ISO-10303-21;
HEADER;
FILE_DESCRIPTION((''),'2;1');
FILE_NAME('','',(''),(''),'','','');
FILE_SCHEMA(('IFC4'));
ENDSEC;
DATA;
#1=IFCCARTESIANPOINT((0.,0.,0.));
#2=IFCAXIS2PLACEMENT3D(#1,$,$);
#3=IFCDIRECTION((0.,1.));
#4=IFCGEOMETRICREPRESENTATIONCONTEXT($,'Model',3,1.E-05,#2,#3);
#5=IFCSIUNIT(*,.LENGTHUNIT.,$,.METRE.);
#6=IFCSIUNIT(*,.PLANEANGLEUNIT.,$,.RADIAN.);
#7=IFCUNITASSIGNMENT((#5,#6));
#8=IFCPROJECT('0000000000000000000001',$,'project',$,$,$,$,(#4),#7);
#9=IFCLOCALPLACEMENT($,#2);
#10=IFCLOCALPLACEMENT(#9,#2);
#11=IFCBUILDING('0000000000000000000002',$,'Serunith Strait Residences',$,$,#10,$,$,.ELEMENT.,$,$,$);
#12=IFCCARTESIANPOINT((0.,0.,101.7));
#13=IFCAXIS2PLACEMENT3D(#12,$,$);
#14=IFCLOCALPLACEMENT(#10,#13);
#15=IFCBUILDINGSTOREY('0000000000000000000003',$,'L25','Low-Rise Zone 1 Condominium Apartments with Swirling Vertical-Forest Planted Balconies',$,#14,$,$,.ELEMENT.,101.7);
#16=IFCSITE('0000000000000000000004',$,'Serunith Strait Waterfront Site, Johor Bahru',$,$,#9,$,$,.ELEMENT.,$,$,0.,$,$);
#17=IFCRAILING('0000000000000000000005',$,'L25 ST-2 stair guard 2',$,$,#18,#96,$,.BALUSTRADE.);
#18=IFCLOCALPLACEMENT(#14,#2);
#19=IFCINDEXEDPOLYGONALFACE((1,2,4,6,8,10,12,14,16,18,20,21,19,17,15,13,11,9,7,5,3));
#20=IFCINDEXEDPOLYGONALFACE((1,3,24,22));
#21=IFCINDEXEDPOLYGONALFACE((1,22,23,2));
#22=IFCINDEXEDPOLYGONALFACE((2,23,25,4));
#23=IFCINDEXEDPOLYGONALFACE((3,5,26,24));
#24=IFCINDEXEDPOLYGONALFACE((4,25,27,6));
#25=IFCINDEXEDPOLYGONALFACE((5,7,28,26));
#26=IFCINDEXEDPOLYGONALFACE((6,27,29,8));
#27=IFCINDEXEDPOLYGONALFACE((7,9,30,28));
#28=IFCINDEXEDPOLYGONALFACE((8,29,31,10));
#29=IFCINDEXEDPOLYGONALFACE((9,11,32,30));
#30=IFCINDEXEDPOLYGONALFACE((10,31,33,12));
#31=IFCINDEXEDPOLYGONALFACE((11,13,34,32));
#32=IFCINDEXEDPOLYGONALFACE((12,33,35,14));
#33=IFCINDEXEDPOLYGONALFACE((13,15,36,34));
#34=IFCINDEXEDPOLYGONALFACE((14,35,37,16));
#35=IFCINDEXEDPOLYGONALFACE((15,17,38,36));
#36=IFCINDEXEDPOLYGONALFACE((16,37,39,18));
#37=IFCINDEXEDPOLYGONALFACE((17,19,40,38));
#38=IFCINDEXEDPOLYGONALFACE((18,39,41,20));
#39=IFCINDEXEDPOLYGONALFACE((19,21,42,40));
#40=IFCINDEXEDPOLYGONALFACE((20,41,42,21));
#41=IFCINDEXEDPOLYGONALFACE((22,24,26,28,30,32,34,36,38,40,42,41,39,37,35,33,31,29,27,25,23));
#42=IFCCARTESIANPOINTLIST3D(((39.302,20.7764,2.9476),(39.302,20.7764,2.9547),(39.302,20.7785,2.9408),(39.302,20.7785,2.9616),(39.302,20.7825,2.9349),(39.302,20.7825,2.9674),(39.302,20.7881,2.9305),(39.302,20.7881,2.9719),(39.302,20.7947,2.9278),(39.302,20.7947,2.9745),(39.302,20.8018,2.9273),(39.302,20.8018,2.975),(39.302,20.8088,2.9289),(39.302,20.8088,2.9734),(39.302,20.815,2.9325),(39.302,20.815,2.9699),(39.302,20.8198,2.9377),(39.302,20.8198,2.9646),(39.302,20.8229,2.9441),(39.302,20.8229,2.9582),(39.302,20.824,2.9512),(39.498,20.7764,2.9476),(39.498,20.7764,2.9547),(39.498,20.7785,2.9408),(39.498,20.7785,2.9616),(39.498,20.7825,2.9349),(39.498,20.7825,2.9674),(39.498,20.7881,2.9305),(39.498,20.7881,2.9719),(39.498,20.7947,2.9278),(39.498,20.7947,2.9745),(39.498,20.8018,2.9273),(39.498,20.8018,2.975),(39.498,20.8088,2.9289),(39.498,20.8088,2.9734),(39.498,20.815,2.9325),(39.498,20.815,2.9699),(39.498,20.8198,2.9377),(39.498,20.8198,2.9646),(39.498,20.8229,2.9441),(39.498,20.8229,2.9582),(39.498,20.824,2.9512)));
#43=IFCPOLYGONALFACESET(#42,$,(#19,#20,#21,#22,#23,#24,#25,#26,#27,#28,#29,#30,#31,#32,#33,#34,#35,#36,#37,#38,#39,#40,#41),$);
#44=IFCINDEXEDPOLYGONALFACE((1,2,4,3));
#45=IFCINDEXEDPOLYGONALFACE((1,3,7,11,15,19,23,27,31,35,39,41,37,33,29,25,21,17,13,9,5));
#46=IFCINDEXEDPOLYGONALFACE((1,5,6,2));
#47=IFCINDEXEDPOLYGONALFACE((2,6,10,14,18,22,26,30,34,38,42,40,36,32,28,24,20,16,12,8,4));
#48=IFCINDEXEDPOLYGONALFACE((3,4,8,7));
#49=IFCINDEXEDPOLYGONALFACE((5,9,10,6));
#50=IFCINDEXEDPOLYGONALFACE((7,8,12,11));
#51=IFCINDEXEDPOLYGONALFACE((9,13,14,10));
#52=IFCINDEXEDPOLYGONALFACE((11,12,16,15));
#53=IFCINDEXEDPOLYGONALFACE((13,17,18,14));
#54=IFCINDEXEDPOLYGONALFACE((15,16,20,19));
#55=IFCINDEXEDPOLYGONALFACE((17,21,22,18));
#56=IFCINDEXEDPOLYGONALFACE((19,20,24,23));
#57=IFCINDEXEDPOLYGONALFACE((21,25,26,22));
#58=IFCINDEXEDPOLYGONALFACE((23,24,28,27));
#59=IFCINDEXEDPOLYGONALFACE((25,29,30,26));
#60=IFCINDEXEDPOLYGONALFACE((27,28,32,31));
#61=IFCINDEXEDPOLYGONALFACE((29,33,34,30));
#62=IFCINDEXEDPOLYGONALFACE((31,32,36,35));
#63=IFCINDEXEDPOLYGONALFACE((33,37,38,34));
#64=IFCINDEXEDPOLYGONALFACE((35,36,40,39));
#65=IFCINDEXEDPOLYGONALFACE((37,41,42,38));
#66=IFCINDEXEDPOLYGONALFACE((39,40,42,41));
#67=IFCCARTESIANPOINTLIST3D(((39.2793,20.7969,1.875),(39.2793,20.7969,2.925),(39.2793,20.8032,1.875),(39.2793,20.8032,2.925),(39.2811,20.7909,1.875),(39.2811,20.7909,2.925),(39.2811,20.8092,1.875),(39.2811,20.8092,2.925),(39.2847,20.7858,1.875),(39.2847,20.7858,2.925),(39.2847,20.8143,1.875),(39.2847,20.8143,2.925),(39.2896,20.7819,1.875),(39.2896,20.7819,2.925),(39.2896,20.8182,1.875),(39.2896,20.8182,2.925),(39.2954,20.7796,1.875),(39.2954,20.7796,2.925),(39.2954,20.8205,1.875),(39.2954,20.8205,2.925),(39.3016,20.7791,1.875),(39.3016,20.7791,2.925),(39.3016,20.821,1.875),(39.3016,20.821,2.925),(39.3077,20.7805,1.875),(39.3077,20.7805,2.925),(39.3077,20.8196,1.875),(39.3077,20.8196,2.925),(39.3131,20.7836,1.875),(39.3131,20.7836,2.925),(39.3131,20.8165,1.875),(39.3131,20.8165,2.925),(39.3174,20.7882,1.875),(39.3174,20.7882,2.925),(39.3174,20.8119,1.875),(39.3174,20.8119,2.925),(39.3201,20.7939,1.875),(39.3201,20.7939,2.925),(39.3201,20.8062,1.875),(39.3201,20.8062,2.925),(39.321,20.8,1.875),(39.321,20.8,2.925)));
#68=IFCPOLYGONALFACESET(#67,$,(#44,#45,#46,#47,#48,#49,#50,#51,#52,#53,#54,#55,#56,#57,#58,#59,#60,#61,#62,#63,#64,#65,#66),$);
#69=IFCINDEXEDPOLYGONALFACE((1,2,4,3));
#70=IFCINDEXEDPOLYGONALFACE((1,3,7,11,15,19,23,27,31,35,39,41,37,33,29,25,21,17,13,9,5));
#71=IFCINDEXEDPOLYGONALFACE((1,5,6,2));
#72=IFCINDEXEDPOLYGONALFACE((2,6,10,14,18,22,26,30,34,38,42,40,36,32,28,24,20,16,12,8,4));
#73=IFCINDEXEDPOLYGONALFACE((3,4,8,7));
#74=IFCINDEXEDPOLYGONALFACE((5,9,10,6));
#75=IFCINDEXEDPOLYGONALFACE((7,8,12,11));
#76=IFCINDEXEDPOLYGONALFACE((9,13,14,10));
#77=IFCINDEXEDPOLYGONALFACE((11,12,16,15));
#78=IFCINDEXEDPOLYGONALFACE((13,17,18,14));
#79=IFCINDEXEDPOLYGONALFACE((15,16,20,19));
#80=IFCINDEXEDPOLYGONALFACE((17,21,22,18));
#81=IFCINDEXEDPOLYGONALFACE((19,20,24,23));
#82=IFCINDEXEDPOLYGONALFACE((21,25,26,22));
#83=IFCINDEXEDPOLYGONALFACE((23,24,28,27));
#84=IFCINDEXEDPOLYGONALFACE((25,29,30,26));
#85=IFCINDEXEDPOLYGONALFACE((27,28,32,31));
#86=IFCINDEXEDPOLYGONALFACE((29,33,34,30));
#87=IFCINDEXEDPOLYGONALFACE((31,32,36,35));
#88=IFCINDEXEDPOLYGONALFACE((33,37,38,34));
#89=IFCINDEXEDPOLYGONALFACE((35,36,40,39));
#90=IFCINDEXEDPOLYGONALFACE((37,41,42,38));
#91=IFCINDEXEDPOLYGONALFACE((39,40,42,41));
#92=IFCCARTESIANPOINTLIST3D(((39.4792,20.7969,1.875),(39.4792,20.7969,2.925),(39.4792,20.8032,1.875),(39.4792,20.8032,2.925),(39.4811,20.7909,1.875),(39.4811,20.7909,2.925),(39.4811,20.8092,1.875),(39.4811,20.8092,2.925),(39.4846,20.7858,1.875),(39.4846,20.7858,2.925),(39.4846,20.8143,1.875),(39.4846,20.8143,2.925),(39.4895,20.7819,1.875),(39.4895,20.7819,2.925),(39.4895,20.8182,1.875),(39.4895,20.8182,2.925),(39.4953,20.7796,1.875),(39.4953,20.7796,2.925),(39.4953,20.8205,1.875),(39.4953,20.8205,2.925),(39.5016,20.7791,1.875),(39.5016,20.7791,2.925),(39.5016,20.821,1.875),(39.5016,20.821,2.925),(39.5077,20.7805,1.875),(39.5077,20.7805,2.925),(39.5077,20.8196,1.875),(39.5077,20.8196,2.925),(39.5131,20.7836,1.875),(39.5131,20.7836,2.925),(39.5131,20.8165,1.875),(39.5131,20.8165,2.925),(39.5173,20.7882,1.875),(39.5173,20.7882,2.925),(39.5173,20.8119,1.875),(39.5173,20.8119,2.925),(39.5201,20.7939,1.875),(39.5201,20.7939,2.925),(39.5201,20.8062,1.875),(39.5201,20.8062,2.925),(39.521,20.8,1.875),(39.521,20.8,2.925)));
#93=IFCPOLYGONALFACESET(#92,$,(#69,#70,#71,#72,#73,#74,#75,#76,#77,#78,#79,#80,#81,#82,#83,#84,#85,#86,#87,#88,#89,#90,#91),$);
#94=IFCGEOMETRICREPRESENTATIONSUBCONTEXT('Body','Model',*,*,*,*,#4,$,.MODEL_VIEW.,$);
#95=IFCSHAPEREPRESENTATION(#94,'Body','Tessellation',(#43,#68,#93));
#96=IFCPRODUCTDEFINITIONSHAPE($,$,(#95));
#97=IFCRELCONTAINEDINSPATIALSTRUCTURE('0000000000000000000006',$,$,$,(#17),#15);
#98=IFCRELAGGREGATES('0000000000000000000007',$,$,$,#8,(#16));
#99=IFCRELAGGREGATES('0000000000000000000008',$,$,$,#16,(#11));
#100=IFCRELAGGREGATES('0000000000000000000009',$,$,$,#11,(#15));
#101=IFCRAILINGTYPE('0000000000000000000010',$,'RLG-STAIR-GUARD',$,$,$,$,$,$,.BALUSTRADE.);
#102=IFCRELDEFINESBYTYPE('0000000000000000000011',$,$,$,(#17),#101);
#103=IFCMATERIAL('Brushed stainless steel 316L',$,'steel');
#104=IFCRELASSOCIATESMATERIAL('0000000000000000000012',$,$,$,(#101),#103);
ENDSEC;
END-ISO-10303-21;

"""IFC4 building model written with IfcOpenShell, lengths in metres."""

from ifc_helpers import new_model, si_unit, direction, frame, origin, origin_2d, place, context, subcontext, project, spatial, circle, extrude, material, type_object, element, save


model = new_model("IFC4")

# Units and contexts
model_context = context("Model", 3, precision=1e-05, world=origin(), true_north=direction((0.0, 1.0)))
body_context = subcontext(model_context, "Body", "Model", "MODEL_VIEW")
ifc_project = project(units=[si_unit("LENGTHUNIT", "METRE"), si_unit("PLANEANGLEUNIT", "RADIAN")], contexts=[model_context])

# Site, building, storey
site_placement = place(None, origin())
site = spatial("IfcSite", under=ifc_project, at=site_placement, Name="Serunith Strait Waterfront Site, Johor Bahru", CompositionType="ELEMENT", RefElevation=0.0)
building_placement = place(site_placement, origin())
building = spatial("IfcBuilding", under=site, at=building_placement, Name="Serunith Strait Residences", CompositionType="ELEMENT")
storey_placement = place(building_placement, frame((0.0, 0.0, 101.7)))
storey = spatial("IfcBuildingStorey", under=building, at=storey_placement, Name="L25", Description="Low-Rise Zone 1 Condominium Apartments with Swirling Vertical-Forest Planted Balconies", CompositionType="ELEMENT", Elevation=101.7)

# Railing
ifc_material_1 = material(Name="Brushed stainless steel 316L", Category="steel")
railing_type_1 = type_object("IfcRailingType", Name="RLG-STAIR-GUARD", PredefinedType="BALUSTRADE", material=ifc_material_1)
railing_1_placement = place(storey_placement, frame((39.3, 20.8, 1.875)))
element("IfcRailing", 1, at=railing_1_placement, inside=storey, type_object=railing_type_1, Name="L25 ST-2 stair guard 2", PredefinedType="BALUSTRADE", context=body_context, shape_type="SweptSolid", body=[
    extrude(circle(Radius=0.0239, at=origin_2d()), frame((0.002, 0.0, 1.0762), z_axis=(1.0, 0.0, 0.0), x_axis=(0.0, 1.0, 0.0)), (0.0, 0.0, 1.0), 0.196),
    extrude(circle(Radius=0.021, at=origin_2d()), origin(), (0.0, 0.0, 1.0), 1.05),
    extrude(circle(Radius=0.021, at=origin_2d()), frame((0.2, 0.0, 0.0)), (0.0, 0.0, 1.0), 1.05),
])

save(model, "model.ifc")
